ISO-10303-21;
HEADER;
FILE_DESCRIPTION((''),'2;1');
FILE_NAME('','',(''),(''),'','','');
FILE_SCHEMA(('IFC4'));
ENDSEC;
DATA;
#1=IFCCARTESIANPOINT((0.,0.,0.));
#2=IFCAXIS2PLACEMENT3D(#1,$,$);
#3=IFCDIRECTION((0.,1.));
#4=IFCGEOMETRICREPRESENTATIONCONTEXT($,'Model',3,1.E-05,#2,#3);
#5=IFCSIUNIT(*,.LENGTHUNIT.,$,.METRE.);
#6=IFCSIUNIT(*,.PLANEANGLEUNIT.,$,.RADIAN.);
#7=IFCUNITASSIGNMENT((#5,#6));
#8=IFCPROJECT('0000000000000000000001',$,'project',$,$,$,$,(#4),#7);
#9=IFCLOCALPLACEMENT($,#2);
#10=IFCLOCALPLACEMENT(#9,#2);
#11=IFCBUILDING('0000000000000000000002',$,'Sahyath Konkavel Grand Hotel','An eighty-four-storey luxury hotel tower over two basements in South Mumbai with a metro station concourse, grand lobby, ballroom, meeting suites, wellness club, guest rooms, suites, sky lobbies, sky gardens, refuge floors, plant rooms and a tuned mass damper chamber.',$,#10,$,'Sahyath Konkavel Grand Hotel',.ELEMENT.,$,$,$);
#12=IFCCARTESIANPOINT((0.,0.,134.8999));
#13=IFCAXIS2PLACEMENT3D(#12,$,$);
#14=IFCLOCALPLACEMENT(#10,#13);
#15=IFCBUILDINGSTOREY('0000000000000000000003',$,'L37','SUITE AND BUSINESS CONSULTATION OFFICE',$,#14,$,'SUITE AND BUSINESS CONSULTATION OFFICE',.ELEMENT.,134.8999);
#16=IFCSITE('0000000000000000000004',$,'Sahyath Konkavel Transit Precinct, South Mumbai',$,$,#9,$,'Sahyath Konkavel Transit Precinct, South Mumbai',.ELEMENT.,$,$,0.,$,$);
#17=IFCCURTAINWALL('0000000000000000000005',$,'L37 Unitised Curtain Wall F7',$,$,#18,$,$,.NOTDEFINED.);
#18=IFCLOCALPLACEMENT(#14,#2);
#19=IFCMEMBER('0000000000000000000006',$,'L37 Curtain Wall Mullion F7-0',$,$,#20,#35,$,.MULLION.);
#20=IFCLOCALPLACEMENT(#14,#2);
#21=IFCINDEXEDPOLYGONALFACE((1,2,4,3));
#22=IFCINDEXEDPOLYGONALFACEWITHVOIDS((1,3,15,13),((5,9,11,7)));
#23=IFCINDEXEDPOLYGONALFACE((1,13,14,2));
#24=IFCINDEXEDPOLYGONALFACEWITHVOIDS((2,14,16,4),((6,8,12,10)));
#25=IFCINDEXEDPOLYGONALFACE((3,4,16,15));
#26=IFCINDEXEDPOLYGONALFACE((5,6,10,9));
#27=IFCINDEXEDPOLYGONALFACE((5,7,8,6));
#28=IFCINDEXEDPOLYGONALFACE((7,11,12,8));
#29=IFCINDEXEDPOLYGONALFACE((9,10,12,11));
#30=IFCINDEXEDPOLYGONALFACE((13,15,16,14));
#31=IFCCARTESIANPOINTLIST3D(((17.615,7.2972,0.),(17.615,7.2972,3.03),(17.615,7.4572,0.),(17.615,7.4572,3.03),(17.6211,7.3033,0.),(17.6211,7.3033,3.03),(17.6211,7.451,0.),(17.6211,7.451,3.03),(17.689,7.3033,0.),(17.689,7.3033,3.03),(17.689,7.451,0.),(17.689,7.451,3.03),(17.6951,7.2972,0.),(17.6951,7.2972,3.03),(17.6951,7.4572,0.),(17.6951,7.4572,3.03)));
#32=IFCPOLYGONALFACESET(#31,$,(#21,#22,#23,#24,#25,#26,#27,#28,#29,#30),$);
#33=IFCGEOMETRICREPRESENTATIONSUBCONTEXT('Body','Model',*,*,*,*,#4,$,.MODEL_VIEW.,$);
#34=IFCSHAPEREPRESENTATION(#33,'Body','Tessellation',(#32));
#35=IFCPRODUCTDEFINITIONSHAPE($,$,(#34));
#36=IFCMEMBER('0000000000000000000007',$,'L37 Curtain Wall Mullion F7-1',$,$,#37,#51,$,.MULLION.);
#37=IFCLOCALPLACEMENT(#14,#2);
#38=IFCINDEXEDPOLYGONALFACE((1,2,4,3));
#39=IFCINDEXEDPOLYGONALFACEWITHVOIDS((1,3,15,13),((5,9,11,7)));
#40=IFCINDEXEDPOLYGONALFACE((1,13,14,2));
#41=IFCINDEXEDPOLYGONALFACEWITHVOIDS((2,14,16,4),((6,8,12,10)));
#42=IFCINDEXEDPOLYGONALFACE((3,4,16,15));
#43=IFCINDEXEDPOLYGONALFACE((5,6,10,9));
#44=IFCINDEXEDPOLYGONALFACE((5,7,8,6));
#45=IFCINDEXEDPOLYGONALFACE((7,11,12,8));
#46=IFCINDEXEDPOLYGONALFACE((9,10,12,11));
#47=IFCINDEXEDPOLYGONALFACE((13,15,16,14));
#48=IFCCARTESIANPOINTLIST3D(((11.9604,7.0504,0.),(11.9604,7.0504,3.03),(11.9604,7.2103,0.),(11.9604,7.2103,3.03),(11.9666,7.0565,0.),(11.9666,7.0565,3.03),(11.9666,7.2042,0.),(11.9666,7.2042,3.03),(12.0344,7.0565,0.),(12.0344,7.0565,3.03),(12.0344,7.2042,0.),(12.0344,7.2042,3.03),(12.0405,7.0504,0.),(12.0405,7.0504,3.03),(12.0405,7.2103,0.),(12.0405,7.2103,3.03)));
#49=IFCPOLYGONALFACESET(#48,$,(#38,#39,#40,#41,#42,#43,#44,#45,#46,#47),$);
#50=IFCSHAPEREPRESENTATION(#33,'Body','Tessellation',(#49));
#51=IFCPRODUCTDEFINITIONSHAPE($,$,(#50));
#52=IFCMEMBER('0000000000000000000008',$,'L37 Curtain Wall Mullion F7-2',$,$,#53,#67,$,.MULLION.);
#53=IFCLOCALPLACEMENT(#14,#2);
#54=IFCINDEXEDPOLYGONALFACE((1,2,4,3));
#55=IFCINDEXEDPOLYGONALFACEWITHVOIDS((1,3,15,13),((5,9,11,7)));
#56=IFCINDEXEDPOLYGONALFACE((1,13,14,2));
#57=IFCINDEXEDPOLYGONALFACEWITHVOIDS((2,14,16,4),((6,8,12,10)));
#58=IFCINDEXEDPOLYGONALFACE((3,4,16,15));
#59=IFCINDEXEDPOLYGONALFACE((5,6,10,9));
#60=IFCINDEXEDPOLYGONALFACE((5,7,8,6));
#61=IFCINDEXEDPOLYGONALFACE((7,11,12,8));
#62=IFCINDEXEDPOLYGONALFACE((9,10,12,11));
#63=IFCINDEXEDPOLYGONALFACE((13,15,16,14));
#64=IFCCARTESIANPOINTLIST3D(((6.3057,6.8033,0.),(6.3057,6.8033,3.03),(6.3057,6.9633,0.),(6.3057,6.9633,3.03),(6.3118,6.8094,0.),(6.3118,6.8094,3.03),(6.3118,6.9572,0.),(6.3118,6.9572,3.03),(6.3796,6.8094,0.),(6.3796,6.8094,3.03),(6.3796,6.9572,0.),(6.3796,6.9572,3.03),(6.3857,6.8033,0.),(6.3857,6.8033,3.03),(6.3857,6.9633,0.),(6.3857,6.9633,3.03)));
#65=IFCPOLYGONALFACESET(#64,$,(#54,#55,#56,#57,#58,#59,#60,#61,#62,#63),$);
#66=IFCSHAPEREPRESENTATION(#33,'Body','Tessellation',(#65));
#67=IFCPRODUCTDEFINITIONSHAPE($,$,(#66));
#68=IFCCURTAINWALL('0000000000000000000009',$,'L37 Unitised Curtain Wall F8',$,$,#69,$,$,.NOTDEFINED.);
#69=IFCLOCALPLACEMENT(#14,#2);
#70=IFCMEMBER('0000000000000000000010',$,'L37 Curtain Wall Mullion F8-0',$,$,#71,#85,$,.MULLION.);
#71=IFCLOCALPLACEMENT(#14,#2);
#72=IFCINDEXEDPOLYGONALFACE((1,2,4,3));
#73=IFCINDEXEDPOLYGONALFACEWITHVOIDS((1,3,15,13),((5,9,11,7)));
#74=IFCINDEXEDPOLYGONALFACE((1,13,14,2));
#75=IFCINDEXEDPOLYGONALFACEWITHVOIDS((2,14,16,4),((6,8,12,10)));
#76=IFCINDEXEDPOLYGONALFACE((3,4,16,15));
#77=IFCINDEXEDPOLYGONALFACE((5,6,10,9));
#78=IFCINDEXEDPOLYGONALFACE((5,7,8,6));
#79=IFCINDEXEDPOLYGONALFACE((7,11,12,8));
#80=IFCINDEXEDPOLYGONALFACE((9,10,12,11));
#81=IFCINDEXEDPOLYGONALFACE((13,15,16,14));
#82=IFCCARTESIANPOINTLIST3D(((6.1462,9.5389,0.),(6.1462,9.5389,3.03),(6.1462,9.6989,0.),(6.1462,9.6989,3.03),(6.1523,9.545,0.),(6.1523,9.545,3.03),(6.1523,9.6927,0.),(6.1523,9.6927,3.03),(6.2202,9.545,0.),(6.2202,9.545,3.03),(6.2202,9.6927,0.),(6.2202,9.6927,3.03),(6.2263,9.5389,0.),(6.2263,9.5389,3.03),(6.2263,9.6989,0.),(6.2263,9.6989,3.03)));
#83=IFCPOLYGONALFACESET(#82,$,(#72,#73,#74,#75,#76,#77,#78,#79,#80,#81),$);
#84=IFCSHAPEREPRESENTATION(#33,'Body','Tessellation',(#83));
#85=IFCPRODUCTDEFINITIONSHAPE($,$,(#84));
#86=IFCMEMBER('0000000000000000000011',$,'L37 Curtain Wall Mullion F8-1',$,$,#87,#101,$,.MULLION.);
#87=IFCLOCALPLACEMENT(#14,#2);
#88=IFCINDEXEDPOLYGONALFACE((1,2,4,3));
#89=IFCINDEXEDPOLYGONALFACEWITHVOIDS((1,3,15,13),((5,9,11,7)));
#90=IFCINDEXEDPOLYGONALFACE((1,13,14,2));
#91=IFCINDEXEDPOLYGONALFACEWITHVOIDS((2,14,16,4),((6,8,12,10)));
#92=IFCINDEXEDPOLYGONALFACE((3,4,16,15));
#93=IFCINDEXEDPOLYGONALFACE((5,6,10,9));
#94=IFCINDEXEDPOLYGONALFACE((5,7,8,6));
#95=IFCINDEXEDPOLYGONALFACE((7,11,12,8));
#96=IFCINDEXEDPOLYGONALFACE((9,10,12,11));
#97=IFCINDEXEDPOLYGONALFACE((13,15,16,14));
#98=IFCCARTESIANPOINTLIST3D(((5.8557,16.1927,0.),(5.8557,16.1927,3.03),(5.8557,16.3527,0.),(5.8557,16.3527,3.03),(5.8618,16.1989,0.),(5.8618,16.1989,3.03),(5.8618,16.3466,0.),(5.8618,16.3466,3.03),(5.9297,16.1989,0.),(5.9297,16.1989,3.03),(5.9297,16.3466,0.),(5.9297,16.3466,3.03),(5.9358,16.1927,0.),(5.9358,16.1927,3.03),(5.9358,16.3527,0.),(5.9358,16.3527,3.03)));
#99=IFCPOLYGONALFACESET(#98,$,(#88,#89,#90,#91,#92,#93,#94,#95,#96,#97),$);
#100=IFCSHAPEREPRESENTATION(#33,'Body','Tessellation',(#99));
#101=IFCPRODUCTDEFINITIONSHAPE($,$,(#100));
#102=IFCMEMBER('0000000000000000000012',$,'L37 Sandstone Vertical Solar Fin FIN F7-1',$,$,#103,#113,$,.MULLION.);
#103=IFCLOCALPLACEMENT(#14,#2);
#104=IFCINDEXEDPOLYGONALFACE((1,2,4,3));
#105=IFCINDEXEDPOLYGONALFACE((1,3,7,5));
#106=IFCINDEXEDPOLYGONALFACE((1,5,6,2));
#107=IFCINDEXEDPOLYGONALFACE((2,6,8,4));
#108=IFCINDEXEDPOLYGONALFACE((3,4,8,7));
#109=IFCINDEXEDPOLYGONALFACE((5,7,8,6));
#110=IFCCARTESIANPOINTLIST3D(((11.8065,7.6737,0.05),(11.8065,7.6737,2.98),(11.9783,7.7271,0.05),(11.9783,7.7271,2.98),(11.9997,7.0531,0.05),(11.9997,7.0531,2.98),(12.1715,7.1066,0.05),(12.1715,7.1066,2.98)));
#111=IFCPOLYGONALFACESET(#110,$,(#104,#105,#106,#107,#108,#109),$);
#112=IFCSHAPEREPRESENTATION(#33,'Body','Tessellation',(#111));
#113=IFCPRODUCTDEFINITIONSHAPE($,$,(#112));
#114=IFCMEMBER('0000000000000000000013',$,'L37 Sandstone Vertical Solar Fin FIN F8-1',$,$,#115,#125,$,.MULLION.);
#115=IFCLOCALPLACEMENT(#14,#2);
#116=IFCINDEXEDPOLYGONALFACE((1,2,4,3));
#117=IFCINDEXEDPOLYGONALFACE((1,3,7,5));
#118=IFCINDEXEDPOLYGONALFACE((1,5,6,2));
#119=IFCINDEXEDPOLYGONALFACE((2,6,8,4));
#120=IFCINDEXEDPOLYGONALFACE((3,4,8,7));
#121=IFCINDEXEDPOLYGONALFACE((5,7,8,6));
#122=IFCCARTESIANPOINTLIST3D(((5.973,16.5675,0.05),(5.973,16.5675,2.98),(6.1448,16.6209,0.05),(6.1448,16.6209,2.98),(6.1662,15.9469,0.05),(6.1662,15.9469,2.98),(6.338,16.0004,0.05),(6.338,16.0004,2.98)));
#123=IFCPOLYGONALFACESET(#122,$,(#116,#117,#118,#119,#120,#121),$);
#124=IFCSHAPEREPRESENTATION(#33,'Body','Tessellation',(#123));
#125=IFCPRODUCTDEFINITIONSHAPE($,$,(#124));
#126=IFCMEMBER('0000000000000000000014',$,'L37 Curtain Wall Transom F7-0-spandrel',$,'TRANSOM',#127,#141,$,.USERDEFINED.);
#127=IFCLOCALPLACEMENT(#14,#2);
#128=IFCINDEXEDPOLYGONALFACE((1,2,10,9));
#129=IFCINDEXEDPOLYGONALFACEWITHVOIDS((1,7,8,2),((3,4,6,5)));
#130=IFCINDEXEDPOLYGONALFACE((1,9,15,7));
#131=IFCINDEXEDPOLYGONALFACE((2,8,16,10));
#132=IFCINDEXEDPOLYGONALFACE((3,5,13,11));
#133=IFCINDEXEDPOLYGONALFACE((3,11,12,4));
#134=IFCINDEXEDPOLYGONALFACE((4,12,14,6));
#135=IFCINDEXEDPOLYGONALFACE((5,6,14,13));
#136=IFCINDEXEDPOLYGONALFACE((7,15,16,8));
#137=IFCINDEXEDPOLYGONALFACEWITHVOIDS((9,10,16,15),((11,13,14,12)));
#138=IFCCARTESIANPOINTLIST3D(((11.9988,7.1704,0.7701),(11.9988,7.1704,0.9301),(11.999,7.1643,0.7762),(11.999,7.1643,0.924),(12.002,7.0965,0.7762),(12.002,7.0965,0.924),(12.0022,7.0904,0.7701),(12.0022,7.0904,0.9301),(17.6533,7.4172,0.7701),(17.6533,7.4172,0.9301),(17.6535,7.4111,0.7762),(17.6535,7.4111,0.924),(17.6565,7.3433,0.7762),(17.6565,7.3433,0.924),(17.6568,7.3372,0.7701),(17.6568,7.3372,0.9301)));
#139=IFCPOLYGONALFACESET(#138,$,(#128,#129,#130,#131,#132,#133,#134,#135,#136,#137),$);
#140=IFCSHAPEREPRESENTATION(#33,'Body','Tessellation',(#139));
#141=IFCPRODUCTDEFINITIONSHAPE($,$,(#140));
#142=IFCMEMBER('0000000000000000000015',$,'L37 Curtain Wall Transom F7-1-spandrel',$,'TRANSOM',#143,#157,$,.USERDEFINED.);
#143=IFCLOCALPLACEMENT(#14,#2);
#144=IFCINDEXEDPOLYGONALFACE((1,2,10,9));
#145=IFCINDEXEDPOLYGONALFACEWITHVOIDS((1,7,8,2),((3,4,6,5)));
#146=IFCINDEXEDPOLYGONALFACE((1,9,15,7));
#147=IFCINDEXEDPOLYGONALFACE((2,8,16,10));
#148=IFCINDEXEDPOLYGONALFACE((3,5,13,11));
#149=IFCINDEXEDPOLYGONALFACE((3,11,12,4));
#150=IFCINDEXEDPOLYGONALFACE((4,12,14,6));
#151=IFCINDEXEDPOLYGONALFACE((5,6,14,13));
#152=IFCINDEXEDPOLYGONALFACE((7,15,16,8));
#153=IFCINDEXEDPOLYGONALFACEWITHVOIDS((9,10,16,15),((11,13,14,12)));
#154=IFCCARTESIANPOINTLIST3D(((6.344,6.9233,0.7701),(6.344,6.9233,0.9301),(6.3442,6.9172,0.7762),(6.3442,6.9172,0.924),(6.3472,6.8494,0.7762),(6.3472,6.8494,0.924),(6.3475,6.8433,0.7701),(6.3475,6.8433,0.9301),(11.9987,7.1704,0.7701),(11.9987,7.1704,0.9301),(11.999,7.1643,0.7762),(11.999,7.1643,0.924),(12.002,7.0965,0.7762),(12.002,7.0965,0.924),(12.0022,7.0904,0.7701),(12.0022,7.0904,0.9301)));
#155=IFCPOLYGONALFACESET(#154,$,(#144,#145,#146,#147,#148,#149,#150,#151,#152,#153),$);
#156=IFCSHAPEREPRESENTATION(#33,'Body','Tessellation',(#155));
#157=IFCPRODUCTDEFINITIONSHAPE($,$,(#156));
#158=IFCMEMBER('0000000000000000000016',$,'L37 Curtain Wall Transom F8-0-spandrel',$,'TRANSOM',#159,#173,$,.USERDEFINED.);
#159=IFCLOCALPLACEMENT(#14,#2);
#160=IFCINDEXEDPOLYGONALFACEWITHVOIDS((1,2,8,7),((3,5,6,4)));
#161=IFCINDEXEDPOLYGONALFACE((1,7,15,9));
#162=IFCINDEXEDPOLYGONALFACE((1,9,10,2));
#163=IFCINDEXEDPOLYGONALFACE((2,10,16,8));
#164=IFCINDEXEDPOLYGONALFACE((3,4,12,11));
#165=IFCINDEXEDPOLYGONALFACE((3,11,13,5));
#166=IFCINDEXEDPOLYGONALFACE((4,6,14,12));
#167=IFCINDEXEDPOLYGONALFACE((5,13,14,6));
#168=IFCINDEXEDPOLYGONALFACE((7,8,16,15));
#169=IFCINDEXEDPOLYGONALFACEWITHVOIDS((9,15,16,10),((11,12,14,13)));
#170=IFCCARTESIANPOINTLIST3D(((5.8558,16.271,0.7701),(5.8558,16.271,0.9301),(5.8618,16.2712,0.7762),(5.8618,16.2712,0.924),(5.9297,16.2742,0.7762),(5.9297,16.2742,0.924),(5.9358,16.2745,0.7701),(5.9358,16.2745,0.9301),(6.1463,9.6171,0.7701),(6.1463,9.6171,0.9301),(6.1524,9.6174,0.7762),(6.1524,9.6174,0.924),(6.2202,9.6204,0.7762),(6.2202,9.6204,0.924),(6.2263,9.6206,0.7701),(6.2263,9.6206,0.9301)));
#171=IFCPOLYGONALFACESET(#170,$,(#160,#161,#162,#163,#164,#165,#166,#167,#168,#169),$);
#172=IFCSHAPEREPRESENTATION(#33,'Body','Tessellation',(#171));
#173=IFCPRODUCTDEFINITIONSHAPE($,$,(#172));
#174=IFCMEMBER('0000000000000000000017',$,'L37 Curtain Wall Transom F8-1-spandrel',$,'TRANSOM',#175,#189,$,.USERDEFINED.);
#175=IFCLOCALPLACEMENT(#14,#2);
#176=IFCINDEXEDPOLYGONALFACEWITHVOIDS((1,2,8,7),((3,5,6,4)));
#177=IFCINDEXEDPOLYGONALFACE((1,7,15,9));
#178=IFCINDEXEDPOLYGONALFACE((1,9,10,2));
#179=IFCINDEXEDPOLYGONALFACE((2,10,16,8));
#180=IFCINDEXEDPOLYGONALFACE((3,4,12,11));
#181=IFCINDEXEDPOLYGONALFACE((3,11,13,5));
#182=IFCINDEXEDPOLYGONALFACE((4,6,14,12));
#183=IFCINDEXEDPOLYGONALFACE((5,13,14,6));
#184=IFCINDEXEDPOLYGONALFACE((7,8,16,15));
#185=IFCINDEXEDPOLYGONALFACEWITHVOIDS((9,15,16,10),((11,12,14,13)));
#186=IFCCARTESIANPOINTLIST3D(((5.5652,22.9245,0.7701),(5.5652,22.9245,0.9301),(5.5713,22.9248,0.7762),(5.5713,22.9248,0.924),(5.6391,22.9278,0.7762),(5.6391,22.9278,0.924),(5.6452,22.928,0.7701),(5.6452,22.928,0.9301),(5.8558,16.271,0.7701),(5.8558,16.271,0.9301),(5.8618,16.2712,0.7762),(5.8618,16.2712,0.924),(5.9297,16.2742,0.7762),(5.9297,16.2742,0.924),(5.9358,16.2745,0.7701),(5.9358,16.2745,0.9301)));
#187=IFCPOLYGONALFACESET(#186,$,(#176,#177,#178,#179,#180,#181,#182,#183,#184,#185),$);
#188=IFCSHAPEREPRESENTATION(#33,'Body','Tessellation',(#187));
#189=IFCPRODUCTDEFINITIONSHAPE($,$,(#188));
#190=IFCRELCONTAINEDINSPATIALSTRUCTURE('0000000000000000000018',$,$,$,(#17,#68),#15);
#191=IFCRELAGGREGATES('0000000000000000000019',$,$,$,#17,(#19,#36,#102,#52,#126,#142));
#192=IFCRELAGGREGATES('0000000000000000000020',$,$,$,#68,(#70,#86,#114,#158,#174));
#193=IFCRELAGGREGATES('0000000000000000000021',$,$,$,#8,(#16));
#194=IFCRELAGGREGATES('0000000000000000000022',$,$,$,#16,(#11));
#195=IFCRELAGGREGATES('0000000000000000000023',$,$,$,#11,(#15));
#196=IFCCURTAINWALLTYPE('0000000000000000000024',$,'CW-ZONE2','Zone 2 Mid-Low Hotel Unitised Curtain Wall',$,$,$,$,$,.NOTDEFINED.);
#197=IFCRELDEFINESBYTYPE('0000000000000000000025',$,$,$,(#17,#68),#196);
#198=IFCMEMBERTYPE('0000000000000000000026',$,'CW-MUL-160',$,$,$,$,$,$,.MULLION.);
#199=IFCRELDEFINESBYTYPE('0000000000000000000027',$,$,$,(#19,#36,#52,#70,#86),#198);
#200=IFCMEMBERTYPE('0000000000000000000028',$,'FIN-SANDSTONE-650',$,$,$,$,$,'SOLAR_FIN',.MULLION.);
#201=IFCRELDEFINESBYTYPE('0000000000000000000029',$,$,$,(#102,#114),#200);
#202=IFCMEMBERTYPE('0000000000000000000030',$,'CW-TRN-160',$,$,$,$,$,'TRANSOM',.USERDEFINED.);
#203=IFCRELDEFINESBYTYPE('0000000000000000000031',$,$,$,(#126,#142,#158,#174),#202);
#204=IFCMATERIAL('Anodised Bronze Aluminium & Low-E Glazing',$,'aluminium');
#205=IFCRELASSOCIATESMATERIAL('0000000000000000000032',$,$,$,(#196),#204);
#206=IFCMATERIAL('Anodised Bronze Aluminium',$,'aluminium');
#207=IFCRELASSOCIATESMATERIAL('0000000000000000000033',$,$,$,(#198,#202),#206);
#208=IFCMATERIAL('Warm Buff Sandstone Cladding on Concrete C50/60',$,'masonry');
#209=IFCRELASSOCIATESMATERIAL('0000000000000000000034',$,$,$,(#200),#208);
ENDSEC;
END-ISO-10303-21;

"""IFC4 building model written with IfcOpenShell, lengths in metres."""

from ifc_helpers import new_model, si_unit, direction, frame, origin, origin_2d, place, context, subcontext, project, spatial, rectangle, hollow_rectangle, extrude, source, transform, mapped, material, material_profile, profile_set, type_object, element, aggregate, save


model = new_model("IFC4")

# Units and contexts
model_context = context("Model", 3, precision=1e-05, world=origin(), true_north=direction((0.0, 1.0)))
body_context = subcontext(model_context, "Body", "Model", "MODEL_VIEW")
ifc_project = project(units=[si_unit("LENGTHUNIT", "METRE"), si_unit("PLANEANGLEUNIT", "RADIAN")], contexts=[model_context])

# Site, building, storey
site_placement = place(None, origin())
site = spatial("IfcSite", under=ifc_project, at=site_placement, Name="Sahyath Konkavel Transit Precinct, South Mumbai", LongName="Sahyath Konkavel Transit Precinct, South Mumbai", CompositionType="ELEMENT", RefElevation=0.0)
building_placement = place(site_placement, origin())
building = spatial("IfcBuilding", under=site, at=building_placement, Name="Sahyath Konkavel Grand Hotel", Description="An eighty-four-storey luxury hotel tower over two basements in South Mumbai with a metro station concourse, grand lobby, ballroom, meeting suites, wellness club, guest rooms, suites, sky lobbies, sky gardens, refuge floors, plant rooms and a tuned mass damper chamber.", LongName="Sahyath Konkavel Grand Hotel", CompositionType="ELEMENT")
storey_placement = place(building_placement, frame((0.0, 0.0, 134.8999)))
storey = spatial("IfcBuildingStorey", under=building, at=storey_placement, Name="L37", Description="SUITE AND BUSINESS CONSULTATION OFFICE", LongName="SUITE AND BUSINESS CONSULTATION OFFICE", CompositionType="ELEMENT", Elevation=134.8999)

# Curtain walls, members
ifc_material_1 = material(Name="Anodised Bronze Aluminium & Low-E Glazing", Category="aluminium")
curtain_wall_type = type_object("IfcCurtainWallType", Name="CW-ZONE2", Description="Zone 2 Mid-Low Hotel Unitised Curtain Wall", PredefinedType="NOTDEFINED", material=ifc_material_1)
curtain_wall_1_placement = place(storey_placement, origin())
curtain_wall_1 = element("IfcCurtainWall", 1, at=curtain_wall_1_placement, inside=storey, type_object=curtain_wall_type, Name="L37 Unitised Curtain Wall F7", PredefinedType="NOTDEFINED")
ifc_material_2 = material(Name="Anodised Bronze Aluminium", Category="aluminium")
ifc_material_profile_1 = material_profile(ifc_material_2, hollow_rectangle(XDim=0.0801, YDim=0.1599, WallThickness=0.0061, at=origin_2d()), Name="RHS 160x80x6")
ifc_profile_set_1 = profile_set([ifc_material_profile_1], Name="Anodised Bronze Aluminium")
member_type_1 = type_object("IfcMemberType", Name="CW-MUL-160", PredefinedType="MULLION", material=ifc_profile_set_1)
shared_shape_1 = source(origin(), body_context, "Body", "SweptSolid", [
    extrude(hollow_rectangle(XDim=0.0801, YDim=0.1599, WallThickness=0.0061, at=origin_2d()), origin(), (0.0, 0.0, 1.0), 3.03),
])
member_1_placement = place(storey_placement, frame((17.655, 7.3772, 0.0), z_axis=(0.0, 0.0, 1.0), x_axis=(1.0, 0.0, 0.0)))
member_1 = element("IfcMember", 2, at=member_1_placement, type_object=member_type_1, Name="L37 Curtain Wall Mullion F7-0", PredefinedType="MULLION", context=body_context, shape_type="MappedRepresentation", body=[
    mapped(shared_shape_1, transform((0.0, 0.0, 0.0), scale=1.0)),
])
member_2_placement = place(storey_placement, frame((12.0005, 7.1304, 0.0), z_axis=(0.0, 0.0, 1.0), x_axis=(1.0, 0.0, 0.0)))
member_2 = element("IfcMember", 3, at=member_2_placement, type_object=member_type_1, Name="L37 Curtain Wall Mullion F7-1", PredefinedType="MULLION", context=body_context, shape_type="MappedRepresentation", body=[
    mapped(shared_shape_1, transform((0.0, 0.0, 0.0), scale=1.0)),
])
member_3_placement = place(storey_placement, frame((6.3457, 6.8833, 0.0), z_axis=(0.0, 0.0, 1.0), x_axis=(1.0, 0.0, 0.0)))
member_3 = element("IfcMember", 4, at=member_3_placement, type_object=member_type_1, Name="L37 Curtain Wall Mullion F7-2", PredefinedType="MULLION", context=body_context, shape_type="MappedRepresentation", body=[
    mapped(shared_shape_1, transform((0.0, 0.0, 0.0), scale=1.0)),
])
curtain_wall_2_placement = place(storey_placement, origin())
curtain_wall_2 = element("IfcCurtainWall", 5, at=curtain_wall_2_placement, inside=storey, type_object=curtain_wall_type, Name="L37 Unitised Curtain Wall F8", PredefinedType="NOTDEFINED")
member_4_placement = place(storey_placement, frame((6.1863, 9.6189, 0.0), z_axis=(0.0, 0.0, 1.0), x_axis=(1.0, 0.0, 0.0)))
member_4 = element("IfcMember", 6, at=member_4_placement, type_object=member_type_1, Name="L37 Curtain Wall Mullion F8-0", PredefinedType="MULLION", context=body_context, shape_type="MappedRepresentation", body=[
    mapped(shared_shape_1, transform((0.0, 0.0, 0.0), scale=1.0)),
])
member_5_placement = place(storey_placement, frame((5.8958, 16.2727, 0.0), z_axis=(0.0, 0.0, 1.0), x_axis=(1.0, 0.0, 0.0)))
member_5 = element("IfcMember", 7, at=member_5_placement, type_object=member_type_1, Name="L37 Curtain Wall Mullion F8-1", PredefinedType="MULLION", context=body_context, shape_type="MappedRepresentation", body=[
    mapped(shared_shape_1, transform((0.0, 0.0, 0.0), scale=1.0)),
])

# Members
ifc_material_3 = material(Name="Warm Buff Sandstone Cladding on Concrete C50/60", Category="masonry")
ifc_material_profile_2 = material_profile(ifc_material_3, rectangle(XDim=0.1799, YDim=0.6499, at=origin_2d()), Name="FIN 180x650")
ifc_profile_set_2 = profile_set([ifc_material_profile_2], Name="Warm Buff Sandstone Cladding on Concrete C50/60")
member_type_2 = type_object("IfcMemberType", Name="FIN-SANDSTONE-650", ElementType="SOLAR_FIN", PredefinedType="MULLION", material=ifc_profile_set_2)
shared_shape_2 = source(origin(), body_context, "Body", "SweptSolid", [
    extrude(rectangle(XDim=0.1799, YDim=0.6499, at=origin_2d()), origin(), (0.0, 0.0, 1.0), 2.9299),
])
member_6_placement = place(storey_placement, frame((11.989, 7.3901, 0.05), z_axis=(0.0, 0.0, 1.0), x_axis=(0.954813, 0.297208, 0.0)))
member_6 = element("IfcMember", 8, at=member_6_placement, type_object=member_type_2, Name="L37 Sandstone Vertical Solar Fin FIN F7-1", PredefinedType="MULLION", context=body_context, shape_type="MappedRepresentation", body=[
    mapped(shared_shape_2, transform((0.0, 0.0, 0.0), scale=1.0)),
])
member_7_placement = place(storey_placement, frame((6.1555, 16.2839, 0.05), z_axis=(0.0, 0.0, 1.0), x_axis=(0.954813, 0.297208, 0.0)))
member_7 = element("IfcMember", 9, at=member_7_placement, type_object=member_type_2, Name="L37 Sandstone Vertical Solar Fin FIN F8-1", PredefinedType="MULLION", context=body_context, shape_type="MappedRepresentation", body=[
    mapped(shared_shape_2, transform((0.0, 0.0, 0.0), scale=1.0)),
])
ifc_material_profile_3 = material_profile(ifc_material_2, hollow_rectangle(XDim=0.0801, YDim=0.1599, WallThickness=0.0061, at=origin_2d()), Name="RHS 160x80x6")
ifc_profile_set_3 = profile_set([ifc_material_profile_3], Name="Anodised Bronze Aluminium")
member_type_3 = type_object("IfcMemberType", Name="CW-TRN-160", ElementType="TRANSOM", PredefinedType="USERDEFINED", material=ifc_profile_set_3)
shared_shape_3 = source(origin(), body_context, "Body", "SweptSolid", [
    extrude(hollow_rectangle(XDim=0.0801, YDim=0.1599, WallThickness=0.0061, at=origin_2d()), origin(), (0.0, 0.0, 1.0), 5.6599),
])
member_8_placement = place(storey_placement, frame((17.655, 7.3772, 0.8501), z_axis=(-0.999049, -0.043609, 0.0), x_axis=(0.043609, -0.999049, 0.0)))
member_8 = element("IfcMember", 10, at=member_8_placement, type_object=member_type_3, Name="L37 Curtain Wall Transom F7-0-spandrel", ObjectType="TRANSOM", PredefinedType="USERDEFINED", context=body_context, shape_type="MappedRepresentation", body=[
    mapped(shared_shape_3, transform((0.0, 0.0, 0.0), scale=1.0)),
])
shared_shape_4 = source(origin(), body_context, "Body", "SweptSolid", [
    extrude(hollow_rectangle(XDim=0.0801, YDim=0.1599, WallThickness=0.0061, at=origin_2d()), origin(), (0.0, 0.0, 1.0), 5.6602),
])
member_9_placement = place(storey_placement, frame((12.0005, 7.1304, 0.8501), z_axis=(-0.999047, -0.043651, 0.0), x_axis=(0.043651, -0.999047, 0.0)))
member_9 = element("IfcMember", 11, at=member_9_placement, type_object=member_type_3, Name="L37 Curtain Wall Transom F7-1-spandrel", ObjectType="TRANSOM", PredefinedType="USERDEFINED", context=body_context, shape_type="MappedRepresentation", body=[
    mapped(shared_shape_4, transform((0.0, 0.0, 0.0), scale=1.0)),
])
shared_shape_5 = source(origin(), body_context, "Body", "SweptSolid", [
    extrude(hollow_rectangle(XDim=0.0801, YDim=0.1599, WallThickness=0.0061, at=origin_2d()), origin(), (0.0, 0.0, 1.0), 6.6602),
])
member_10_placement = place(storey_placement, frame((6.1863, 9.6189, 0.8501), z_axis=(-0.043622, 0.999048, 0.0), x_axis=(-0.999048, -0.043622, 0.0)))
member_10 = element("IfcMember", 12, at=member_10_placement, type_object=member_type_3, Name="L37 Curtain Wall Transom F8-0-spandrel", ObjectType="TRANSOM", PredefinedType="USERDEFINED", context=body_context, shape_type="MappedRepresentation", body=[
    mapped(shared_shape_5, transform((0.0, 0.0, 0.0), scale=1.0)),
])
shared_shape_6 = source(origin(), body_context, "Body", "SweptSolid", [
    extrude(hollow_rectangle(XDim=0.0801, YDim=0.1599, WallThickness=0.0061, at=origin_2d()), origin(), (0.0, 0.0, 1.0), 6.6599),
])
member_11_placement = place(storey_placement, frame((5.8958, 16.2727, 0.8501), z_axis=(-0.043623, 0.999048, 0.0), x_axis=(-0.999048, -0.043623, 0.0)))
member_11 = element("IfcMember", 13, at=member_11_placement, type_object=member_type_3, Name="L37 Curtain Wall Transom F8-1-spandrel", ObjectType="TRANSOM", PredefinedType="USERDEFINED", context=body_context, shape_type="MappedRepresentation", body=[
    mapped(shared_shape_6, transform((0.0, 0.0, 0.0), scale=1.0)),
])

aggregate(curtain_wall_1, [member_1, member_2, member_6, member_3, member_8, member_9])
aggregate(curtain_wall_2, [member_4, member_5, member_7, member_10, member_11])

save(model, "model.ifc")
